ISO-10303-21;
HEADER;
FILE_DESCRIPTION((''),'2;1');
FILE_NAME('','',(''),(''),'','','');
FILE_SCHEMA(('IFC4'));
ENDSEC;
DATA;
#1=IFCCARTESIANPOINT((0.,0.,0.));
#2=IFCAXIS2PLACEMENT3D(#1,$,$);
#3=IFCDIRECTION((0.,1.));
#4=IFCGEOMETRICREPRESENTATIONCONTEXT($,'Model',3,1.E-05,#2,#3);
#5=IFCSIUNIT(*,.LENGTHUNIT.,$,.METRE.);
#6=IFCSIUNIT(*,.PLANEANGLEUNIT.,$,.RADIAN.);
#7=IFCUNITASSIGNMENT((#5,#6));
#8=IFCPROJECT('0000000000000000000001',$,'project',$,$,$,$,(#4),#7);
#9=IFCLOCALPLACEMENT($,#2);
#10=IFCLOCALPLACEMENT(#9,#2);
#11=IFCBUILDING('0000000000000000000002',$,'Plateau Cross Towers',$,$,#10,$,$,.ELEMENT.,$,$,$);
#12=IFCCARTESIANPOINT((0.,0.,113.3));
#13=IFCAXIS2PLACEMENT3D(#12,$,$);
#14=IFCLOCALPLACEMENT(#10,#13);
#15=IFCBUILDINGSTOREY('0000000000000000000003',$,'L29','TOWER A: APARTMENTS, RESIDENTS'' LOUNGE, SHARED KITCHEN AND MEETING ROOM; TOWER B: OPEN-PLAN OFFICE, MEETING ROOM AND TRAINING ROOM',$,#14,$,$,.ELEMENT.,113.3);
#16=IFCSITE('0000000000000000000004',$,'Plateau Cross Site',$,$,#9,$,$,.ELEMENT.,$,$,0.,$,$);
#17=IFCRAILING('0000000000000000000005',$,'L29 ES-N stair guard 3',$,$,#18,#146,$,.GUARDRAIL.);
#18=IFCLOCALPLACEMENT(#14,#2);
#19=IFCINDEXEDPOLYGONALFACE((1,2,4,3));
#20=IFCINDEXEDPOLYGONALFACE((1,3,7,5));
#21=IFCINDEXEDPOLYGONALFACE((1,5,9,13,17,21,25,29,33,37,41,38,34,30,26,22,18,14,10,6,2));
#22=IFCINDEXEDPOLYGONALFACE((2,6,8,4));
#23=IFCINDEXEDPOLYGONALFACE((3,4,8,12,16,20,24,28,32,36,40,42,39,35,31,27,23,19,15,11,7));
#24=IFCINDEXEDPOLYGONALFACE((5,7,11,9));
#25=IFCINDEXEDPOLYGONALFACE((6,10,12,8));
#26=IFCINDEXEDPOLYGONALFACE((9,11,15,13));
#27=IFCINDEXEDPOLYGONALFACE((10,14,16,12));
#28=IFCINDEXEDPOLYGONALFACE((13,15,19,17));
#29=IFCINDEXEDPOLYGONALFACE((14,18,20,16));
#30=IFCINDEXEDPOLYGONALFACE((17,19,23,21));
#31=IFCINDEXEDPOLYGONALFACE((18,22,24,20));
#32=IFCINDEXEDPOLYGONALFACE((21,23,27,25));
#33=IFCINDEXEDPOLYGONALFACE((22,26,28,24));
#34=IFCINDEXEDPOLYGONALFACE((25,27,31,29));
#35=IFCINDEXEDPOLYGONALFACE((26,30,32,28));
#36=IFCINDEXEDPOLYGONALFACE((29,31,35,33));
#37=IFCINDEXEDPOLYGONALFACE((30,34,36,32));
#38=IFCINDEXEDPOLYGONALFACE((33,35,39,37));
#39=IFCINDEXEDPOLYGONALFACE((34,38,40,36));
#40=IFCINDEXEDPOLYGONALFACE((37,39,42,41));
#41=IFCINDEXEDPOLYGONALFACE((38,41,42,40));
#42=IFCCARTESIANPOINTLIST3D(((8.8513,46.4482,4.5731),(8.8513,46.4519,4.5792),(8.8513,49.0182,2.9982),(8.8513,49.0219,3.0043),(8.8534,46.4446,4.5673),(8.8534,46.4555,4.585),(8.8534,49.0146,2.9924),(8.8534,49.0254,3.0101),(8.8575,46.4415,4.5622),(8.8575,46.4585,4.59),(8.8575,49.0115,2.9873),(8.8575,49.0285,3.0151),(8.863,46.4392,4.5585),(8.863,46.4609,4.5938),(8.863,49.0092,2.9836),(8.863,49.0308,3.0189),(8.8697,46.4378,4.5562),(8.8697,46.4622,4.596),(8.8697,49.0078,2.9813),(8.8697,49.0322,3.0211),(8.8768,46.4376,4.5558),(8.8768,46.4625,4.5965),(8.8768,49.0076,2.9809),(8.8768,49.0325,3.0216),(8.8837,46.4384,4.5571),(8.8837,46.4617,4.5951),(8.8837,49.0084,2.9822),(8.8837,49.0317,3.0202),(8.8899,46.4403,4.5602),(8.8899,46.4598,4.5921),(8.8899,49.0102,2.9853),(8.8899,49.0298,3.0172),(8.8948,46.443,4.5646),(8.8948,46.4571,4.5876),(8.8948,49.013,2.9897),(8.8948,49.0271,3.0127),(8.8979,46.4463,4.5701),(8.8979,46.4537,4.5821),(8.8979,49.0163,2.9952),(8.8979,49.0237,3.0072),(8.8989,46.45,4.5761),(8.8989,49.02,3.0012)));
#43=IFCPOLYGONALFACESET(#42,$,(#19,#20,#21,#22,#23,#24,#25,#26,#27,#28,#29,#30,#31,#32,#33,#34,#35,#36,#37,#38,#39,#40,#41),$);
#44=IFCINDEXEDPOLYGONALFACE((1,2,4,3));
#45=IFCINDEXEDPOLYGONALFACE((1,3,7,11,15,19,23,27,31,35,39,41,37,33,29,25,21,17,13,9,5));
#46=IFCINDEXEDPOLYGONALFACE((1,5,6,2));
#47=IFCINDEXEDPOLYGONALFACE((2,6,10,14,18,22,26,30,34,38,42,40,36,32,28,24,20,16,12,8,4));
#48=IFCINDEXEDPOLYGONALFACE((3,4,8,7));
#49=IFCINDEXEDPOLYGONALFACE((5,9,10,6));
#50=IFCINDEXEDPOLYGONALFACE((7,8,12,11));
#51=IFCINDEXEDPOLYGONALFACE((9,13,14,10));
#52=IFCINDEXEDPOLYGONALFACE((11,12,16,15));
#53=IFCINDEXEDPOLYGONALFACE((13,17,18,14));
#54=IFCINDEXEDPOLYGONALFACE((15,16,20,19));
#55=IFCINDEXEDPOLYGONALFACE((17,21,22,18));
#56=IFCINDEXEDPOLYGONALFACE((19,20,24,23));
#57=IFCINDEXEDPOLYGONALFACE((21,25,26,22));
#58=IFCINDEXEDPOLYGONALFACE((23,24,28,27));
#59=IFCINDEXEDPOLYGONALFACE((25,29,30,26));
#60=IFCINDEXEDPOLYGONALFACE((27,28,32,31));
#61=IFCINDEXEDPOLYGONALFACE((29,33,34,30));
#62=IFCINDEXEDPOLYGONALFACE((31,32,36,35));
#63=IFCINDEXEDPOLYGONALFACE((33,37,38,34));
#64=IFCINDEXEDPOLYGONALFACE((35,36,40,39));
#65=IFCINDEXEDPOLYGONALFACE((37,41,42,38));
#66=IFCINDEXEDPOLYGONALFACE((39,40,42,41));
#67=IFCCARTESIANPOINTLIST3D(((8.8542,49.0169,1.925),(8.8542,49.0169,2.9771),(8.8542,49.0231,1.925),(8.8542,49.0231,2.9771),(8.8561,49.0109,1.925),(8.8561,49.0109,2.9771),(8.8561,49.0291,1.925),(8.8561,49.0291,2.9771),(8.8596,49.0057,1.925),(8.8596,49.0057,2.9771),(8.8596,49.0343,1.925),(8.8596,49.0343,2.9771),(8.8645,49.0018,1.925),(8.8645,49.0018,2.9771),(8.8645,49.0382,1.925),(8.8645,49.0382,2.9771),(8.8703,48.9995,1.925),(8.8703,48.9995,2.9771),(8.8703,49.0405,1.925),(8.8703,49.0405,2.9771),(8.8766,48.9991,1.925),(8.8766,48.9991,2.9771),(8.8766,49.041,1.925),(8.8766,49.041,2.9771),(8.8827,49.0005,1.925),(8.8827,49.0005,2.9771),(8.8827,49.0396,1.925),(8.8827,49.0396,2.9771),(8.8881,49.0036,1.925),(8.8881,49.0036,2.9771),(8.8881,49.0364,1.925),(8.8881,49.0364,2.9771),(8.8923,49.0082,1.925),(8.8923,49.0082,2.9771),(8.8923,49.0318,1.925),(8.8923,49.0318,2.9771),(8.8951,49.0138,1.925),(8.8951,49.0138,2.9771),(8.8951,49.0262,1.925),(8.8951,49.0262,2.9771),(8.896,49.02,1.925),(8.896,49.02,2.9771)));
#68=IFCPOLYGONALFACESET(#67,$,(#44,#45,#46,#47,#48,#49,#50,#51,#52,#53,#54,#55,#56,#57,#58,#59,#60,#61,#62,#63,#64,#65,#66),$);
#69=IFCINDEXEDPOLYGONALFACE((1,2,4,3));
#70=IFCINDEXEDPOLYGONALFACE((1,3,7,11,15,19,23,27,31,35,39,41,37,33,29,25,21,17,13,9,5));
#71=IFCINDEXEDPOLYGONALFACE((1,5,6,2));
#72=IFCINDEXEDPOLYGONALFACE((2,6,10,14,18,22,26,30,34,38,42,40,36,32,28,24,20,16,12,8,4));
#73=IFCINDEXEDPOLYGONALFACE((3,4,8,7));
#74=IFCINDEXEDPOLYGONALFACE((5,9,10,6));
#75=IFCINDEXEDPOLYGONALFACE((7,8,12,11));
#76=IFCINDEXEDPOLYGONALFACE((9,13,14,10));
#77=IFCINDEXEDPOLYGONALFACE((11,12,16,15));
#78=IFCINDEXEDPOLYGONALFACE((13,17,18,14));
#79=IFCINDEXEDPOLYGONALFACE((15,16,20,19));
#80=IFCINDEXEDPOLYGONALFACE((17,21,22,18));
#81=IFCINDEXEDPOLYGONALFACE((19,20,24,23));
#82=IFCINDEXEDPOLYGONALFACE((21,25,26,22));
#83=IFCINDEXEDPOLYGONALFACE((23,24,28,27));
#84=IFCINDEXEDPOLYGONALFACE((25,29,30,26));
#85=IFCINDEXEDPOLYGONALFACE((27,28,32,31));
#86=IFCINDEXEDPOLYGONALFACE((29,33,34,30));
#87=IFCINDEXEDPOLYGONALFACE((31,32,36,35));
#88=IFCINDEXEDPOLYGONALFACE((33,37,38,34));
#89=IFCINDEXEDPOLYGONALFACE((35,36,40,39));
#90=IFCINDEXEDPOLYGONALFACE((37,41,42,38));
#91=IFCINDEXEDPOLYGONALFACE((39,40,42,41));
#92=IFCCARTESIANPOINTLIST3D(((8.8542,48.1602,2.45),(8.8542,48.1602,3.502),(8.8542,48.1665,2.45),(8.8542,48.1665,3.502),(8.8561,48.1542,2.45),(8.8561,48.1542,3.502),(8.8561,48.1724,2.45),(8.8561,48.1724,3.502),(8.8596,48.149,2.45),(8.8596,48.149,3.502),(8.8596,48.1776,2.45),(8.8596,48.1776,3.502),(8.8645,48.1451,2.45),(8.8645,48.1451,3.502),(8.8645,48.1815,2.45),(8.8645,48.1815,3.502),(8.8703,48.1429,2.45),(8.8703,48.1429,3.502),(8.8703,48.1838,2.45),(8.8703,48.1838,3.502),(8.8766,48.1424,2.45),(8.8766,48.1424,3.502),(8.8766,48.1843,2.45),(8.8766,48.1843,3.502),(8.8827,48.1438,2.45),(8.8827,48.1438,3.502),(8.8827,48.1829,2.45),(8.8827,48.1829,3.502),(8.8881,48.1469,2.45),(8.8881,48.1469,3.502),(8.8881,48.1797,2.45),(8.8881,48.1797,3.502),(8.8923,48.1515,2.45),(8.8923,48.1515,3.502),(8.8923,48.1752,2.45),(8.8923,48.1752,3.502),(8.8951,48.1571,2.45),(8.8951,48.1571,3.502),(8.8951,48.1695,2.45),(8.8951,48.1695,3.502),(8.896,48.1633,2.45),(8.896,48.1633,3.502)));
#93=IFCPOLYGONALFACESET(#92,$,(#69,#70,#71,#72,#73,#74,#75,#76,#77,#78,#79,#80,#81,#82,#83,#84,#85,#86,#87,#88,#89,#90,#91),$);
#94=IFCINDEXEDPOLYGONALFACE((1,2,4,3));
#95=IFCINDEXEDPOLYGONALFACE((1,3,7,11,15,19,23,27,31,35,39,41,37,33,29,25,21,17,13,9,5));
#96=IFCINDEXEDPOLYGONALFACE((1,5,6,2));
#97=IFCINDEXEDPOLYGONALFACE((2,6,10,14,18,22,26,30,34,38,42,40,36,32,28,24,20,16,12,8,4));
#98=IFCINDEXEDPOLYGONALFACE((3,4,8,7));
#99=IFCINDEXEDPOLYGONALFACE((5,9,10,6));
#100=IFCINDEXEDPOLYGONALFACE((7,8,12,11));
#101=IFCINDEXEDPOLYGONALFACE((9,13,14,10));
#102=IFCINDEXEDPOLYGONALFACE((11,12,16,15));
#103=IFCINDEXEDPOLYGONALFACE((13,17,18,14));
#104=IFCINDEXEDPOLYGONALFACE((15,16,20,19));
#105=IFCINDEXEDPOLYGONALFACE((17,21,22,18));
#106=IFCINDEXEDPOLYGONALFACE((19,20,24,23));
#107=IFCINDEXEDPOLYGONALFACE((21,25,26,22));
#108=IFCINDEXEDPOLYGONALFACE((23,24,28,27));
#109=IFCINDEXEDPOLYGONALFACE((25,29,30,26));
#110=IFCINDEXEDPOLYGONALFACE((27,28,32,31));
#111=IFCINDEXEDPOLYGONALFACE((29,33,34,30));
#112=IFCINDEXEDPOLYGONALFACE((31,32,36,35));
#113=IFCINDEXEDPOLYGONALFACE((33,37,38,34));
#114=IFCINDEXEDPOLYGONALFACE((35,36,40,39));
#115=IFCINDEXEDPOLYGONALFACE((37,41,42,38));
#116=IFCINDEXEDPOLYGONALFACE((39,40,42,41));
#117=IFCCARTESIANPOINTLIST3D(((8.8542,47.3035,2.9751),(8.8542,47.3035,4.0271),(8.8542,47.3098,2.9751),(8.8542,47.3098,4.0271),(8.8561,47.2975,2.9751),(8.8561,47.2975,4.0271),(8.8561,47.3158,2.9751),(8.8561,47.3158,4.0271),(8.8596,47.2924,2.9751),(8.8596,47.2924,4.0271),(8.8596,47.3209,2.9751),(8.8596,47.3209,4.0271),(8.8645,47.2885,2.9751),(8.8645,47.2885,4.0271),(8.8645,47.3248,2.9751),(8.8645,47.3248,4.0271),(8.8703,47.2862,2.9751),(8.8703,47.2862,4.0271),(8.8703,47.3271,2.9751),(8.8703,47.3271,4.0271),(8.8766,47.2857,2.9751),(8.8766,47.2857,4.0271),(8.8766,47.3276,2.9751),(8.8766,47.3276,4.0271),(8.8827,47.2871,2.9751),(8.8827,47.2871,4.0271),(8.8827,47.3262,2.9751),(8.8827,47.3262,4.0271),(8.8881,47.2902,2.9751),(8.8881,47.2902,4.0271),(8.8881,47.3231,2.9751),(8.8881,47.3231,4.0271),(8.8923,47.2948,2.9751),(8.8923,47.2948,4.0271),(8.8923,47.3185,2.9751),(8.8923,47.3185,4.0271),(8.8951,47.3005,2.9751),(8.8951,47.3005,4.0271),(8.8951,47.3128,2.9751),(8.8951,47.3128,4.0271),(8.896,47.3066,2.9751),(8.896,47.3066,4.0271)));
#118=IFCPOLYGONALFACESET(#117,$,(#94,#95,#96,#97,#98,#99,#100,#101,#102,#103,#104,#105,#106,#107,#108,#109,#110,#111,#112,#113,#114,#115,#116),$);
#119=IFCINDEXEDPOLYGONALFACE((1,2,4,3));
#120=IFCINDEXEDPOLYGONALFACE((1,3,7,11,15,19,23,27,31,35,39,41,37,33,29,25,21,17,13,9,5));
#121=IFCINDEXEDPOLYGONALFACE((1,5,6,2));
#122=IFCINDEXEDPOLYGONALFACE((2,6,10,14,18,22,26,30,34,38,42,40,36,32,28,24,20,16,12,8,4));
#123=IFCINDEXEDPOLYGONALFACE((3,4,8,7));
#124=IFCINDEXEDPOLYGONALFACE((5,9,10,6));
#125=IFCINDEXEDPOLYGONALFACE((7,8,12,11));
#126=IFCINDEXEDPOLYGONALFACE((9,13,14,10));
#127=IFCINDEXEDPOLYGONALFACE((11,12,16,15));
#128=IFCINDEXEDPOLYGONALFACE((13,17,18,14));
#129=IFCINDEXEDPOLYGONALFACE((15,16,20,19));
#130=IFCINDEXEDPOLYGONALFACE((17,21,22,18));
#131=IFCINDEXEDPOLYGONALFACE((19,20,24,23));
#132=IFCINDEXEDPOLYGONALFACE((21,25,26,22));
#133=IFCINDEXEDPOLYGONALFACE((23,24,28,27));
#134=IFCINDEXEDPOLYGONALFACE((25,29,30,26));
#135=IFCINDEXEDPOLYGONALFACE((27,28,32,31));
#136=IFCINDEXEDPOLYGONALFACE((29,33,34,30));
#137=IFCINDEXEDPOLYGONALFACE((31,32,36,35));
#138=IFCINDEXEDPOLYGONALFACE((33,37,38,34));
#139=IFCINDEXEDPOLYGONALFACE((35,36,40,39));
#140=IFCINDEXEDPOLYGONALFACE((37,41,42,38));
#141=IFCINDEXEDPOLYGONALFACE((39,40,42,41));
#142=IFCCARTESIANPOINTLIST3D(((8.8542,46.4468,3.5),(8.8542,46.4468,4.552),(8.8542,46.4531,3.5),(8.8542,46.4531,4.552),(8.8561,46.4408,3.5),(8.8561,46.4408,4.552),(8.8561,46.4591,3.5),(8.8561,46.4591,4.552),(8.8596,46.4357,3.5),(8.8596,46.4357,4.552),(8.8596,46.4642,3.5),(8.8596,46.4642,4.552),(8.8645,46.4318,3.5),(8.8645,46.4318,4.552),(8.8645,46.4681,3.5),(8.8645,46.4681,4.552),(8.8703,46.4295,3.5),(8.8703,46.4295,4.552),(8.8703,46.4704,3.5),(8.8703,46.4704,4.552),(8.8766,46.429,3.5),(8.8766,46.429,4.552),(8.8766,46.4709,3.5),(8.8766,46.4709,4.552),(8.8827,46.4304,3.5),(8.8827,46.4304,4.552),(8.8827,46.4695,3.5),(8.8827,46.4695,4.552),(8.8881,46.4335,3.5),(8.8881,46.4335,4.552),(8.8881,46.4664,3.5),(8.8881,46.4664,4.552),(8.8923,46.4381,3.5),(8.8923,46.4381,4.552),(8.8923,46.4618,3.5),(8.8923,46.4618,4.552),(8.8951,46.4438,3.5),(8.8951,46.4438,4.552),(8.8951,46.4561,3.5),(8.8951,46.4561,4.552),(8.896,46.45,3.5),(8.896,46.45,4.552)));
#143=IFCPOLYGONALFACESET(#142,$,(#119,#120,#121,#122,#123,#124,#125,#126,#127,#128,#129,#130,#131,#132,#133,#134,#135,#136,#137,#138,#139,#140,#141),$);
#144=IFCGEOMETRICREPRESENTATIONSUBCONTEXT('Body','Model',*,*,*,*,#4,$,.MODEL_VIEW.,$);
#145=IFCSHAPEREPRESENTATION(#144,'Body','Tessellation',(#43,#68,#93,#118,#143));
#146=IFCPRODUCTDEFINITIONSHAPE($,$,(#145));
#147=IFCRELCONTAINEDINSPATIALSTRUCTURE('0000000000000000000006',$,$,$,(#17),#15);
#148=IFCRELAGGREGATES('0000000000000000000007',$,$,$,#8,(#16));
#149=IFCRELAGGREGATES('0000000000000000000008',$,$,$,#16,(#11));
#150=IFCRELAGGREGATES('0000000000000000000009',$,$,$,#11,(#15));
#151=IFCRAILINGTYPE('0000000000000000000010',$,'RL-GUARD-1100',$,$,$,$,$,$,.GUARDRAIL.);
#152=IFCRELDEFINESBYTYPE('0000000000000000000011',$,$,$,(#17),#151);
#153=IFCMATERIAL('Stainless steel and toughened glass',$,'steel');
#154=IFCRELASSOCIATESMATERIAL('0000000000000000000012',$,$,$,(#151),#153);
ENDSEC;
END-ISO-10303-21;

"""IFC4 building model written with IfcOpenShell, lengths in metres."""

from ifc_helpers import new_model, si_unit, direction, frame, origin, origin_2d, place, context, subcontext, project, spatial, circle, extrude, material, type_object, element, save


model = new_model("IFC4")

# Units and contexts
model_context = context("Model", 3, precision=1e-05, world=origin(), true_north=direction((0.0, 1.0)))
body_context = subcontext(model_context, "Body", "Model", "MODEL_VIEW")
ifc_project = project(units=[si_unit("LENGTHUNIT", "METRE"), si_unit("PLANEANGLEUNIT", "RADIAN")], contexts=[model_context])

# Site, building, storey
site_placement = place(None, origin())
site = spatial("IfcSite", under=ifc_project, at=site_placement, Name="Plateau Cross Site", CompositionType="ELEMENT", RefElevation=0.0)
building_placement = place(site_placement, origin())
building = spatial("IfcBuilding", under=site, at=building_placement, Name="Plateau Cross Towers", CompositionType="ELEMENT")
storey_placement = place(building_placement, frame((0.0, 0.0, 113.3)))
storey = spatial("IfcBuildingStorey", under=building, at=storey_placement, Name="L29", Description="TOWER A: APARTMENTS, RESIDENTS' LOUNGE, SHARED KITCHEN AND MEETING ROOM; TOWER B: OPEN-PLAN OFFICE, MEETING ROOM AND TRAINING ROOM", CompositionType="ELEMENT", Elevation=113.3)

# Railing
ifc_material_1 = material(Name="Stainless steel and toughened glass", Category="steel")
railing_type_1 = type_object("IfcRailingType", Name="RL-GUARD-1100", PredefinedType="GUARDRAIL", material=ifc_material_1)
railing_1_placement = place(storey_placement, frame((8.875, 49.02, 1.925)))
element("IfcRailing", 1, at=railing_1_placement, inside=storey, type_object=railing_type_1, Name="L29 ES-N stair guard 3", PredefinedType="GUARDRAIL", context=body_context, shape_type="SweptSolid", body=[
    extrude(circle(Radius=0.0239, at=origin_2d()), frame((0.0, 0.0, 1.0762), z_axis=(0.0, -0.852639, 0.522501), x_axis=(1.0, 0.0, 0.0)), (0.0, 0.0, 1.0), 3.0142),
    extrude(circle(Radius=0.021, at=origin_2d()), origin(), (0.0, 0.0, 1.0), 1.052),
    extrude(circle(Radius=0.021, at=origin_2d()), frame((0.0, -0.8567, 0.5249)), (0.0, 0.0, 1.0), 1.052),
    extrude(circle(Radius=0.021, at=origin_2d()), frame((0.0, -1.7134, 1.05)), (0.0, 0.0, 1.0), 1.052),
    extrude(circle(Radius=0.021, at=origin_2d()), frame((0.0, -2.5701, 1.575)), (0.0, 0.0, 1.0), 1.052),
])

save(model, "model.ifc")
